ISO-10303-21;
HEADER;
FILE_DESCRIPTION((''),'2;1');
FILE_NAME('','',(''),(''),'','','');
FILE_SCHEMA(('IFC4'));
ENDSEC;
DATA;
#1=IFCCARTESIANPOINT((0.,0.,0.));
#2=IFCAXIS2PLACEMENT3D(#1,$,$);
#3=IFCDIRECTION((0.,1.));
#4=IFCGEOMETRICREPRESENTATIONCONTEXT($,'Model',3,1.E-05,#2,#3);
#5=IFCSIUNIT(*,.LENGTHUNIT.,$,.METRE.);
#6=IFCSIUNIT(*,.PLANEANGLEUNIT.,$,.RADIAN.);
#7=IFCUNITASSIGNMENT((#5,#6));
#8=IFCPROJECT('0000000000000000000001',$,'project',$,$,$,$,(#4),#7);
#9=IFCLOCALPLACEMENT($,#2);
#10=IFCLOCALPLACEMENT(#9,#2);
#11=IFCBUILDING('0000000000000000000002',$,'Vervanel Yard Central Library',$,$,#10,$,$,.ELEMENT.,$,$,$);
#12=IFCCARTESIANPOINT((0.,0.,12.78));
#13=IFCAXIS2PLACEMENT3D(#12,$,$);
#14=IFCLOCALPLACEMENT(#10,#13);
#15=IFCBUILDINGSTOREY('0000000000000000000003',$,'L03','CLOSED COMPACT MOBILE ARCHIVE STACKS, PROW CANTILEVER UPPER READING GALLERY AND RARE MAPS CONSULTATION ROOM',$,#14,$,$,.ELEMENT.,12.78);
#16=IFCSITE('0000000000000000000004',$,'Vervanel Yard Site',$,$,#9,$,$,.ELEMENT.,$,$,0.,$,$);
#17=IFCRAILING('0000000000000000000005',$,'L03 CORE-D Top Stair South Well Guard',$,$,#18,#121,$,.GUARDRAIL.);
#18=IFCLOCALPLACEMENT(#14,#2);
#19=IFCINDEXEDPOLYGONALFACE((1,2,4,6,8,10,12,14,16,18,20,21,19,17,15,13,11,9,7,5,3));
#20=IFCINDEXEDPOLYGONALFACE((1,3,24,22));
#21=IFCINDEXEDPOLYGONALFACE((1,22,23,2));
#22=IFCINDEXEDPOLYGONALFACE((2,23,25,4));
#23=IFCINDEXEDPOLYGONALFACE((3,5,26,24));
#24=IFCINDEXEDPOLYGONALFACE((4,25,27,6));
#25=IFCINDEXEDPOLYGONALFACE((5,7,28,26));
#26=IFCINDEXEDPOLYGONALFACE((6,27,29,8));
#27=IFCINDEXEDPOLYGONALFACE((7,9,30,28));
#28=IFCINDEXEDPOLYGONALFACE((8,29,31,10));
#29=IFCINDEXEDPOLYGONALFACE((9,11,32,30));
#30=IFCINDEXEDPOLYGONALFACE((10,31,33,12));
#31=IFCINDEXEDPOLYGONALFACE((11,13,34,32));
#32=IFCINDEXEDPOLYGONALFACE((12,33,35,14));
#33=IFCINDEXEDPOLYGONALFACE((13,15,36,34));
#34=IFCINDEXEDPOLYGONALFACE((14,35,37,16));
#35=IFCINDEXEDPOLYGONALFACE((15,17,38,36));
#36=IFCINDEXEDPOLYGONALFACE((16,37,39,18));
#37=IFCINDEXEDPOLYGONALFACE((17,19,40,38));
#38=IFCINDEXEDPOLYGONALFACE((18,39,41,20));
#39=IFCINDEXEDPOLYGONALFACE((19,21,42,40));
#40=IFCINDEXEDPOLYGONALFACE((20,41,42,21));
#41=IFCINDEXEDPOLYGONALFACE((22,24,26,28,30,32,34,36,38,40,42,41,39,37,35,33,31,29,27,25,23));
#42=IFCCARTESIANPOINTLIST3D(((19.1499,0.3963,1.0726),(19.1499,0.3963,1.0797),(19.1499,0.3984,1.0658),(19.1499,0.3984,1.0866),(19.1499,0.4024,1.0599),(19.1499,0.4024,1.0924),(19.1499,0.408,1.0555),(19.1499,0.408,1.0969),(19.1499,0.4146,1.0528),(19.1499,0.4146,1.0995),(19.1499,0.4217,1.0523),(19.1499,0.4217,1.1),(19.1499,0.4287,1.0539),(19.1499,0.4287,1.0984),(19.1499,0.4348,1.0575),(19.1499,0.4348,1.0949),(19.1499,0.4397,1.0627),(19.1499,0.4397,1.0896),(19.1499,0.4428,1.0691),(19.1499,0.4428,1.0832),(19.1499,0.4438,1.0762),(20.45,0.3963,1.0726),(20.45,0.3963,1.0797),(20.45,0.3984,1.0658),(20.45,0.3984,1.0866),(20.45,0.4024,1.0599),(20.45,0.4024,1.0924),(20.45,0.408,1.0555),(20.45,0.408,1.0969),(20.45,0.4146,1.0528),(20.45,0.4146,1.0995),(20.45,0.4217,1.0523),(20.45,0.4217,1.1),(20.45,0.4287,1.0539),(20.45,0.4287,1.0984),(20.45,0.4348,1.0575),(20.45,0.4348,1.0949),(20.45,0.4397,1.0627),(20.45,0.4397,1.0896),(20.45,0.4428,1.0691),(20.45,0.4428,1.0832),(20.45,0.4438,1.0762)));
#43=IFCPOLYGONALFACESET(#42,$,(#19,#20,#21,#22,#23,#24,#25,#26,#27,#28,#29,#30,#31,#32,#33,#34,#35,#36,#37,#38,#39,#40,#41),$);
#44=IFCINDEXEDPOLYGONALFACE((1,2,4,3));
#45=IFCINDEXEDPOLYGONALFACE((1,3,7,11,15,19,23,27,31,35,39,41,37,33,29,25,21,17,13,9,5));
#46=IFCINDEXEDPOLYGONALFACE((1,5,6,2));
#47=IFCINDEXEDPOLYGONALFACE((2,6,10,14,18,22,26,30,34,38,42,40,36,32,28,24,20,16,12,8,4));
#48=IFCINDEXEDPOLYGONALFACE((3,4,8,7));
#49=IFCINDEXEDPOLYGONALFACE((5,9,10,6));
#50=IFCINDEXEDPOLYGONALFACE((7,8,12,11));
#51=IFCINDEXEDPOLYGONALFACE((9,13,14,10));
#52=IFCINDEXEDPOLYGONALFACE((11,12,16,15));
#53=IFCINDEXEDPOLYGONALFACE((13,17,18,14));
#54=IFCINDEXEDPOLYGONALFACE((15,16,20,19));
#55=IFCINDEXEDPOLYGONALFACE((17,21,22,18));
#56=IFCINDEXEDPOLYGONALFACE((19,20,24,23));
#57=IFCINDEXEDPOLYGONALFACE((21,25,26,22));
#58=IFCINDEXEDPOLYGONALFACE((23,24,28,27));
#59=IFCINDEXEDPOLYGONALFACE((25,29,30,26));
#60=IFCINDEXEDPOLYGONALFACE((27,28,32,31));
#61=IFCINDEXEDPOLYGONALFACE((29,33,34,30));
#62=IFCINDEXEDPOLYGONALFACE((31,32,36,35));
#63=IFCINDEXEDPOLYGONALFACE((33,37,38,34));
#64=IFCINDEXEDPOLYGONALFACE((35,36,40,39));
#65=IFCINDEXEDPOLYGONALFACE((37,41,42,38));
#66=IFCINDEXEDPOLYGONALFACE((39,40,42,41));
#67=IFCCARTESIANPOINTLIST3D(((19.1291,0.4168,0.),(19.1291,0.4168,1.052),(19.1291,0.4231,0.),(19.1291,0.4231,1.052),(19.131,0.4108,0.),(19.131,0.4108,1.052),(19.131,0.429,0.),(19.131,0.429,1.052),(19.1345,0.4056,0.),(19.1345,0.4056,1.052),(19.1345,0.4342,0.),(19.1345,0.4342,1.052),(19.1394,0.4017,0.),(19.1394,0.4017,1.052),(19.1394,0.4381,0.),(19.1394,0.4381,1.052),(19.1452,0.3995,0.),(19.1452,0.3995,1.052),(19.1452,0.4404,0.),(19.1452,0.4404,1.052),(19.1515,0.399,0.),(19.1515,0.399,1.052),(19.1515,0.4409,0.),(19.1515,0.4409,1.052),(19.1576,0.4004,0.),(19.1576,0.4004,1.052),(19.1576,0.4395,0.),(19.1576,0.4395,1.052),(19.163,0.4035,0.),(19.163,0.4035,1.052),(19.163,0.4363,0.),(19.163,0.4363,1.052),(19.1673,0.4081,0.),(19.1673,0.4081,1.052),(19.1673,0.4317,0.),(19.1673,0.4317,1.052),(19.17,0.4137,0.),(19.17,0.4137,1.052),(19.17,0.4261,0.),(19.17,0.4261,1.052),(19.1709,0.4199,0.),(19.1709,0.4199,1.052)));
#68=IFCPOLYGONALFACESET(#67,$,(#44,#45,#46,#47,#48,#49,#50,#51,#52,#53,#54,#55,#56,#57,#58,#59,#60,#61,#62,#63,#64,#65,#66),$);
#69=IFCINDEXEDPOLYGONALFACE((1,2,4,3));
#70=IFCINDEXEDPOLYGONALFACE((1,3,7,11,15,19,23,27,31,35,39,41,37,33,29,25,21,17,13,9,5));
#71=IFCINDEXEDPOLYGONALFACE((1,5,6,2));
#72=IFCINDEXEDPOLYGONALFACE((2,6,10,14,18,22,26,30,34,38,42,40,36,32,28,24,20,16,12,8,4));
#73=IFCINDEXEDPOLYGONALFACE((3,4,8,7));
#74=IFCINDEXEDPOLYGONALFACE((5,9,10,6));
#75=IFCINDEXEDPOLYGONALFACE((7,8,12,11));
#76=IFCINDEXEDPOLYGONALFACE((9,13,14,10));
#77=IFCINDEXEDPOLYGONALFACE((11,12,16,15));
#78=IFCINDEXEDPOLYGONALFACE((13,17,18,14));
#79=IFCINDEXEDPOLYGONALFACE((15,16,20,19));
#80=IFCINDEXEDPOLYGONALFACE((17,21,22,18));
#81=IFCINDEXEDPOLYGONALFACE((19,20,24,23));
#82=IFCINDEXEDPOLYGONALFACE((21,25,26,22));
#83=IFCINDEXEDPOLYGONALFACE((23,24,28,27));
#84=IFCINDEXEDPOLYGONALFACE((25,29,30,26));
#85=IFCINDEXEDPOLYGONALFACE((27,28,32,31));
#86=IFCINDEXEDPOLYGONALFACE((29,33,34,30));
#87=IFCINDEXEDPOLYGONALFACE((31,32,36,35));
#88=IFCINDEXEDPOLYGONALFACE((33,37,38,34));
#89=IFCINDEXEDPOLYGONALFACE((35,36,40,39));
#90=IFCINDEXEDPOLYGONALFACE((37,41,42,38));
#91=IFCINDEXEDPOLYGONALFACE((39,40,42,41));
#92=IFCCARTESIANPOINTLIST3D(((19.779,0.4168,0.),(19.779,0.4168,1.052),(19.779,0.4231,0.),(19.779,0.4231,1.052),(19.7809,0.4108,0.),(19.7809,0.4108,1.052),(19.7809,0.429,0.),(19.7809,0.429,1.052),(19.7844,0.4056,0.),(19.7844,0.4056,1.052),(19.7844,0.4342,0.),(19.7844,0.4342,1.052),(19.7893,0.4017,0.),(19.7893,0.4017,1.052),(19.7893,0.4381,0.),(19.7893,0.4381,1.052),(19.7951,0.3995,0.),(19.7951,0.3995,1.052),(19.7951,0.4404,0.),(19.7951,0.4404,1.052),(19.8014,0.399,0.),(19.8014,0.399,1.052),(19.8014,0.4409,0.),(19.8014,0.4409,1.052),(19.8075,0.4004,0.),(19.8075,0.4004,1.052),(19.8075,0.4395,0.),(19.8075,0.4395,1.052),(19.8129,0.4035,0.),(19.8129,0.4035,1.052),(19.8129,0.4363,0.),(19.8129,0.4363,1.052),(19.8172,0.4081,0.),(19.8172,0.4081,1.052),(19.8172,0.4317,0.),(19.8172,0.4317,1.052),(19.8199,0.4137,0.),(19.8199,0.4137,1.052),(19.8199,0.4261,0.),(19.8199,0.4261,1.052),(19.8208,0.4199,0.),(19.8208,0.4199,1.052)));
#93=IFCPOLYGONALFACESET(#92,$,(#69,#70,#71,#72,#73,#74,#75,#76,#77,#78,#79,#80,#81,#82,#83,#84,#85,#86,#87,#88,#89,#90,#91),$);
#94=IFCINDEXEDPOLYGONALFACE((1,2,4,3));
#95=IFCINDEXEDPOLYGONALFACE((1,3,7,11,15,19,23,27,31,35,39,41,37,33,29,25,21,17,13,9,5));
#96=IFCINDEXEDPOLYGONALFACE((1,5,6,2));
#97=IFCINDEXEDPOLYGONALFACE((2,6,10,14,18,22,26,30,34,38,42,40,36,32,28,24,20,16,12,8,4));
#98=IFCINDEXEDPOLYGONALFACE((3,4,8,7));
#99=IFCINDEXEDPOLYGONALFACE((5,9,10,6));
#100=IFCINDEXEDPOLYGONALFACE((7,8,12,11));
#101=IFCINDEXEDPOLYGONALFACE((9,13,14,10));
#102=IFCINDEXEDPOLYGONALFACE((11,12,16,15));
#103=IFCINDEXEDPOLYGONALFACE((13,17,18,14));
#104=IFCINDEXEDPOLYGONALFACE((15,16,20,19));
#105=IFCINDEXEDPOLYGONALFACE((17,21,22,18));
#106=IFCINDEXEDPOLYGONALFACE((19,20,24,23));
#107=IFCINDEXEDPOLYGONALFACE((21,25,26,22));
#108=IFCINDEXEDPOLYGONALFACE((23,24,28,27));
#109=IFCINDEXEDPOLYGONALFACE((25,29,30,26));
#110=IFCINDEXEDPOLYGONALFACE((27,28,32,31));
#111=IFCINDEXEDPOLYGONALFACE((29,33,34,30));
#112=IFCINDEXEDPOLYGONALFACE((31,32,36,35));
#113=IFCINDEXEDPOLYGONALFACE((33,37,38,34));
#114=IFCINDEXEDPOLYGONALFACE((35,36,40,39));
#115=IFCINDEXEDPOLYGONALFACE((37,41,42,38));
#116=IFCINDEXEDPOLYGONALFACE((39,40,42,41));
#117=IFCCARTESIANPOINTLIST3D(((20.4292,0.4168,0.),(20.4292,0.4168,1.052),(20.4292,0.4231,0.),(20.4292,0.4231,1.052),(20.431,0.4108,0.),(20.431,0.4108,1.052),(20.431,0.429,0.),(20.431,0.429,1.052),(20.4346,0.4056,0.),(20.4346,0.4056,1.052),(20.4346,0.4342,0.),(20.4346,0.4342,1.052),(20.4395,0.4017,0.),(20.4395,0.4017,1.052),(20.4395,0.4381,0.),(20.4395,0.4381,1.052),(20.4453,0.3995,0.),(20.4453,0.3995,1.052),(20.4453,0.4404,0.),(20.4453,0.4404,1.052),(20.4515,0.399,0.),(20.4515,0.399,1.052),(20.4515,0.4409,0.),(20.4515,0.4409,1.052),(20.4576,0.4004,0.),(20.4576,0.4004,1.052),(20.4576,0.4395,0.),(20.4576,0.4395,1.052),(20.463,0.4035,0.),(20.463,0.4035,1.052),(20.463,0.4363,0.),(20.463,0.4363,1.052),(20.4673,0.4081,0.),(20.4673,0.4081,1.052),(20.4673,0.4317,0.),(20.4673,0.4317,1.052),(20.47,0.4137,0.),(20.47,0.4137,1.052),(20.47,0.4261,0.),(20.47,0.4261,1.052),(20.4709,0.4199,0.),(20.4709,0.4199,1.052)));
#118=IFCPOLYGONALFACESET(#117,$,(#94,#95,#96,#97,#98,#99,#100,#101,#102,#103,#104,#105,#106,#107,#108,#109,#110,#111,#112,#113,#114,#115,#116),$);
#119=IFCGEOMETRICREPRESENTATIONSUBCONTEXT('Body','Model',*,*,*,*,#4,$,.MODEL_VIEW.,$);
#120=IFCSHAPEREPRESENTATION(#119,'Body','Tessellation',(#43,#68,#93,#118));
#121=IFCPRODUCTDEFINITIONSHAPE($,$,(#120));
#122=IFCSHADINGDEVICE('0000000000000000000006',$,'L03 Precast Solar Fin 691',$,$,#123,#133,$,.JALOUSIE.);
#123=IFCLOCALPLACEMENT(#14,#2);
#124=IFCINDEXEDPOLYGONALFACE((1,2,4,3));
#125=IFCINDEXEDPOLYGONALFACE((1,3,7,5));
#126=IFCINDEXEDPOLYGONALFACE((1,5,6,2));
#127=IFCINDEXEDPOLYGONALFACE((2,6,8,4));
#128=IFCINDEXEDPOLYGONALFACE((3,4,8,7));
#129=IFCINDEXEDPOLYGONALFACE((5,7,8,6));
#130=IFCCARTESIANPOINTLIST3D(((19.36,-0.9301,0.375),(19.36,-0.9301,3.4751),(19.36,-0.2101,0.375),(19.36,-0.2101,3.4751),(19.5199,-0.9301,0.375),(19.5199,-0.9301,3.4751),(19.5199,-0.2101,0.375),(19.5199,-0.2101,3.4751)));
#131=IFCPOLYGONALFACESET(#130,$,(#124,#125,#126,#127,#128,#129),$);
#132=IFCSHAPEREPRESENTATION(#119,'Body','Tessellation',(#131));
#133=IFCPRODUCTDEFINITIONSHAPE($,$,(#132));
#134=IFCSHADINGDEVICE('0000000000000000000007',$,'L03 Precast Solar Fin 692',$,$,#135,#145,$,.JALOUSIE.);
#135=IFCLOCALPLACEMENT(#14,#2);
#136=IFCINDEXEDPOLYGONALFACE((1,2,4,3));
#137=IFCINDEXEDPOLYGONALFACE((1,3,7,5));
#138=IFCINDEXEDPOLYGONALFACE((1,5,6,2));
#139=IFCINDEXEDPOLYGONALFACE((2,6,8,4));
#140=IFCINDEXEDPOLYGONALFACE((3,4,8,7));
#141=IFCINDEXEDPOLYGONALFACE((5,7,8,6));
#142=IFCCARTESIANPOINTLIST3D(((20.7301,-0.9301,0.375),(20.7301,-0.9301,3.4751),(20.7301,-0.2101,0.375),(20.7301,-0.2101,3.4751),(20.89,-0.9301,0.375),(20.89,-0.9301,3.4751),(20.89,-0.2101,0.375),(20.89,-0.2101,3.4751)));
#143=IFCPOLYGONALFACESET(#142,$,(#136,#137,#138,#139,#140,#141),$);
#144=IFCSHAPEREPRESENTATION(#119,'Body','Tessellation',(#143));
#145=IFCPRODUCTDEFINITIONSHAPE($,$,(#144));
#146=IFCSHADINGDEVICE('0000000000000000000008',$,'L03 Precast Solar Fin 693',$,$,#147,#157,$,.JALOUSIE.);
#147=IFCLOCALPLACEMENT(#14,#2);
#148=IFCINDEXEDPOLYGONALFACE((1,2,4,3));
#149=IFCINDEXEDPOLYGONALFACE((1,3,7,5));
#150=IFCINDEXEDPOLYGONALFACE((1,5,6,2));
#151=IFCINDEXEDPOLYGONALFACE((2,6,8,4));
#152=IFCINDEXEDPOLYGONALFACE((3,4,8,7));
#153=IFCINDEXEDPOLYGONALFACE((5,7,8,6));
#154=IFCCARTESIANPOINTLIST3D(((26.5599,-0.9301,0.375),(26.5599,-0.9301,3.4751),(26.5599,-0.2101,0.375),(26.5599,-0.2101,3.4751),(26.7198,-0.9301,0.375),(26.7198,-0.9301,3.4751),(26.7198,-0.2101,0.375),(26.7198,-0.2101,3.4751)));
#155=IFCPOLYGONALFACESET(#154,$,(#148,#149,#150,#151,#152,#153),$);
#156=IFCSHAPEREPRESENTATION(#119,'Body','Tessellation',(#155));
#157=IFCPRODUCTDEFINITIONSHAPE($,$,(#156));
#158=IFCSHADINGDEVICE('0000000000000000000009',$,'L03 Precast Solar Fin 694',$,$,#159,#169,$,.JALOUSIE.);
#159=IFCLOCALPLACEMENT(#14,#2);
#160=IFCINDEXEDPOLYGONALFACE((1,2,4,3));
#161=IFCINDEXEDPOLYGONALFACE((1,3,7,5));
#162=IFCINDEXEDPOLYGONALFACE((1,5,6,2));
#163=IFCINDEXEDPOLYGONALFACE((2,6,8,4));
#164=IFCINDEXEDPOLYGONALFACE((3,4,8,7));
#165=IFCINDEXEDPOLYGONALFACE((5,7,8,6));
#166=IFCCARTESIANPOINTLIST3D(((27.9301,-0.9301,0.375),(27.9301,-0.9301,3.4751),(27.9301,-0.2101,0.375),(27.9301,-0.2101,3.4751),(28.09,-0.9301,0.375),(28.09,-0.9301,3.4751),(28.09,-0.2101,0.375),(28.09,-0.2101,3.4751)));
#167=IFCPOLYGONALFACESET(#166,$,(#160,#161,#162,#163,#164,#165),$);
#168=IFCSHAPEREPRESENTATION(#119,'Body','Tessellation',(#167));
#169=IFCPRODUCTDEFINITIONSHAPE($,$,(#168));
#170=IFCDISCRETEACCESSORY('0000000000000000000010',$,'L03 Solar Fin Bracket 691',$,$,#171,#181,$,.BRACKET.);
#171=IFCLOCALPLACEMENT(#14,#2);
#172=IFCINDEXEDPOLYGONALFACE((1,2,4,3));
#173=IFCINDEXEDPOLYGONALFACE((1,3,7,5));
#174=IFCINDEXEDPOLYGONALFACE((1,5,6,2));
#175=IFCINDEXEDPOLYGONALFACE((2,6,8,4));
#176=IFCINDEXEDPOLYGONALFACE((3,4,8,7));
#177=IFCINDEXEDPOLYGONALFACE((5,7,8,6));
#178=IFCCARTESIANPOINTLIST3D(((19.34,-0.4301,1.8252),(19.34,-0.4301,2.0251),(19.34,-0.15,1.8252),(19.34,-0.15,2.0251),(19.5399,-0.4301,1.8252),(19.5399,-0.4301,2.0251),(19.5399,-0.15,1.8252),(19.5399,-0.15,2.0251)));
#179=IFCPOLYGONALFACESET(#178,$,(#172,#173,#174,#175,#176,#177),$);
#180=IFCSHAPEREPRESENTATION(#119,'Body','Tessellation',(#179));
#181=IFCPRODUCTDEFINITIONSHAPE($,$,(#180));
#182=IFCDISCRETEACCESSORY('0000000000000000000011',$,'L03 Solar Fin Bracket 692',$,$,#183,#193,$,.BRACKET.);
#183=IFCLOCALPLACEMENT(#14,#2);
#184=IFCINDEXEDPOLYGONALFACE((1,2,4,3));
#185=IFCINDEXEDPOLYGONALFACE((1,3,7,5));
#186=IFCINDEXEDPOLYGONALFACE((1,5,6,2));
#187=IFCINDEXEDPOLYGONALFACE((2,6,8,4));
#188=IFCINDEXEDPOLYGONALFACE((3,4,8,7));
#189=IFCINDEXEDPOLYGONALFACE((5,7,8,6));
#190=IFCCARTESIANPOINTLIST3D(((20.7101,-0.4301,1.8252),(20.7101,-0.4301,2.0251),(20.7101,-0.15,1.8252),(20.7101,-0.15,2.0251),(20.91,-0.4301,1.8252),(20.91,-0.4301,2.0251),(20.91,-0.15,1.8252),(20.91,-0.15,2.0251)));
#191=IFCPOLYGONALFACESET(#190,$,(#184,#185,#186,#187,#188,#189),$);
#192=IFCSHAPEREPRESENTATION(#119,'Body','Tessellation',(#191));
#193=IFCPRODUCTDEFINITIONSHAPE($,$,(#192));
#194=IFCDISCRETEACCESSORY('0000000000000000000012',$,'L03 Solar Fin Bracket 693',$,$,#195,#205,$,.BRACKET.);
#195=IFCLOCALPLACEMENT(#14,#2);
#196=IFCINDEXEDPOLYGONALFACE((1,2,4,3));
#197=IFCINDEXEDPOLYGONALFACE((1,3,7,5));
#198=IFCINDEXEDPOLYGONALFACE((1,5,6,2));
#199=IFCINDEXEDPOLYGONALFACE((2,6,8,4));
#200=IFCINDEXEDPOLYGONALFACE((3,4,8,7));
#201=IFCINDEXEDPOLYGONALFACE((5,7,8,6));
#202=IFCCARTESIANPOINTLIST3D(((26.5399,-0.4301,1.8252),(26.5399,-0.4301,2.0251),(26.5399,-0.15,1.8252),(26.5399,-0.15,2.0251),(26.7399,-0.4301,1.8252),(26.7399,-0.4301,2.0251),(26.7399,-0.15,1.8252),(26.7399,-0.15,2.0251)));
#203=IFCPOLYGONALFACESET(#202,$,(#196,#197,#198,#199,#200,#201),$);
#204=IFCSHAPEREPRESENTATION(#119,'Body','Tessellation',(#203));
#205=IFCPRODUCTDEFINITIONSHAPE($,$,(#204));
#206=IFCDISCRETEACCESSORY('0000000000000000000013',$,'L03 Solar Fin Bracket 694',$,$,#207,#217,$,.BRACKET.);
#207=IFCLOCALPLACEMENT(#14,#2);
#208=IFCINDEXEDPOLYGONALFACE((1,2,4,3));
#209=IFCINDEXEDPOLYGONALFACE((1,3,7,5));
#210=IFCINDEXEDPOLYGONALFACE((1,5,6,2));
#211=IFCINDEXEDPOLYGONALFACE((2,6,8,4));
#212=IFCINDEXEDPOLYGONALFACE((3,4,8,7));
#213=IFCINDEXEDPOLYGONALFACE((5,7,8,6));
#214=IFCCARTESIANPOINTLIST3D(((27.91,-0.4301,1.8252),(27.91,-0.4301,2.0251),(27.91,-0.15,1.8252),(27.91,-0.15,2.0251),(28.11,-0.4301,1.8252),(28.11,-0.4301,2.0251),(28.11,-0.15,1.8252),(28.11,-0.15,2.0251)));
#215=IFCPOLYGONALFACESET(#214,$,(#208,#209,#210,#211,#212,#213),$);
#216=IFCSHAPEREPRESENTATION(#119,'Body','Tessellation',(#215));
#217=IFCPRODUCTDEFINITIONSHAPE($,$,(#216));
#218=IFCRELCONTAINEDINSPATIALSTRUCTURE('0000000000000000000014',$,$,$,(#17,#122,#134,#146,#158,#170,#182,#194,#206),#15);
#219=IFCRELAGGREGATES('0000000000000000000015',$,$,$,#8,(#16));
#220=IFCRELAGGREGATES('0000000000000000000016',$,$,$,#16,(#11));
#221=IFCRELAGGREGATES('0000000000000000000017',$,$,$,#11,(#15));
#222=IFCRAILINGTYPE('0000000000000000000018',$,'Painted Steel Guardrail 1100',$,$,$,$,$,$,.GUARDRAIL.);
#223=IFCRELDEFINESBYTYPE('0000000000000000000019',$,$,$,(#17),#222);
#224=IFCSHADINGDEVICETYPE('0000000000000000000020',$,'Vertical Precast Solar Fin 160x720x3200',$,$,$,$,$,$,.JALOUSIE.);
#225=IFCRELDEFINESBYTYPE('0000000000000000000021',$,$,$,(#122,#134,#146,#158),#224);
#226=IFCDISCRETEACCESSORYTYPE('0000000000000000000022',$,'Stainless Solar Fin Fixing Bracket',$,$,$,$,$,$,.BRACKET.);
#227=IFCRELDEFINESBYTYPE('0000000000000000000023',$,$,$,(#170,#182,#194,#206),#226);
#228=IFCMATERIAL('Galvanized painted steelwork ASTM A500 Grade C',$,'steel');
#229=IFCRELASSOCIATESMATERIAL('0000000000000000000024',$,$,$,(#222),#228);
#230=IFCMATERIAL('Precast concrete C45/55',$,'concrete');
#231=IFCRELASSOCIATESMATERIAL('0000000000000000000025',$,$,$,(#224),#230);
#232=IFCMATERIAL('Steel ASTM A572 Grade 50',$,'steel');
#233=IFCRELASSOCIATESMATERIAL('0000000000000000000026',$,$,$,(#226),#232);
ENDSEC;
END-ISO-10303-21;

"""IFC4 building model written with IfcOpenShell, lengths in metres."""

from ifc_helpers import new_model, si_unit, direction, frame, origin, origin_2d, place, context, subcontext, project, spatial, rectangle, circle, extrude, material, type_object, element, save


model = new_model("IFC4")

# Units and contexts
model_context = context("Model", 3, precision=1e-05, world=origin(), true_north=direction((0.0, 1.0)))
body_context = subcontext(model_context, "Body", "Model", "MODEL_VIEW")
ifc_project = project(units=[si_unit("LENGTHUNIT", "METRE"), si_unit("PLANEANGLEUNIT", "RADIAN")], contexts=[model_context])

# Site, building, storey
site_placement = place(None, origin())
site = spatial("IfcSite", under=ifc_project, at=site_placement, Name="Vervanel Yard Site", CompositionType="ELEMENT", RefElevation=0.0)
building_placement = place(site_placement, origin())
building = spatial("IfcBuilding", under=site, at=building_placement, Name="Vervanel Yard Central Library", CompositionType="ELEMENT")
storey_placement = place(building_placement, frame((0.0, 0.0, 12.78)))
storey = spatial("IfcBuildingStorey", under=building, at=storey_placement, Name="L03", Description="CLOSED COMPACT MOBILE ARCHIVE STACKS, PROW CANTILEVER UPPER READING GALLERY AND RARE MAPS CONSULTATION ROOM", CompositionType="ELEMENT", Elevation=12.78)

# Shared definitions
ifc_material_1 = material(Name="Galvanized painted steelwork ASTM A500 Grade C", Category="steel")

# Shared definitions
ifc_material_2 = material(Name="Precast concrete C45/55", Category="concrete")

# Railing
railing_type_1 = type_object("IfcRailingType", Name="Painted Steel Guardrail 1100", PredefinedType="GUARDRAIL", material=ifc_material_1)
railing_1_placement = place(storey_placement, frame((19.1499, 0.4199, 0.0)))
element("IfcRailing", 1, at=railing_1_placement, inside=storey, type_object=railing_type_1, Name="L03 CORE-D Top Stair South Well Guard", PredefinedType="GUARDRAIL", context=body_context, shape_type="SweptSolid", body=[
    extrude(circle(Radius=0.0239, at=origin_2d()), frame((0.0, 0.0, 1.0762), z_axis=(1.0, 0.0, 0.0), x_axis=(0.0, 1.0, 0.0)), (0.0, 0.0, 1.0), 1.3),
    extrude(circle(Radius=0.021, at=origin_2d()), origin(), (0.0, 0.0, 1.0), 1.052),
    extrude(circle(Radius=0.021, at=origin_2d()), frame((0.6499, 0.0, 0.0)), (0.0, 0.0, 1.0), 1.052),
    extrude(circle(Radius=0.021, at=origin_2d()), frame((1.3, 0.0, 0.0)), (0.0, 0.0, 1.0), 1.052),
])

# Shading devices
shading_device_type = type_object("IfcShadingDeviceType", Name="Vertical Precast Solar Fin 160x720x3200", PredefinedType="JALOUSIE", material=ifc_material_2)
for number, where, z_axis, x_axis, name in (
    (2, (19.4399, -0.5701, 0.375), (0.0, 0.0, 1.0), (1.0, 0.0, 0.0), "L03 Precast Solar Fin 691"),
    (3, (20.8101, -0.5701, 0.375), (0.0, 0.0, 1.0), (1.0, 0.0, 0.0), "L03 Precast Solar Fin 692"),
    (4, (26.6399, -0.5701, 0.375), (0.0, 0.0, 1.0), (1.0, 0.0, 0.0), "L03 Precast Solar Fin 693"),
    (5, (28.01, -0.5701, 0.375), (0.0, 0.0, 1.0), (1.0, 0.0, 0.0), "L03 Precast Solar Fin 694"),
):
    element("IfcShadingDevice", number, at=place(storey_placement, frame(where, z_axis=z_axis, x_axis=x_axis)), inside=storey, type_object=shading_device_type, Name=name, PredefinedType="JALOUSIE", context=body_context, shape_type="SweptSolid", body=[
        extrude(rectangle(XDim=0.1599, YDim=0.72, at=origin_2d()), origin(), (0.0, 0.0, 1.0), 3.1001),
    ])

# Discrete accessories
ifc_material_3 = material(Name="Steel ASTM A572 Grade 50", Category="steel")
discrete_accessory_type = type_object("IfcDiscreteAccessoryType", Name="Stainless Solar Fin Fixing Bracket", PredefinedType="BRACKET", material=ifc_material_3)
for number, where, z_axis, x_axis, name in (
    (6, (19.4399, -0.29, 1.8252), (0.0, 0.0, 1.0), (1.0, 0.0, 0.0), "L03 Solar Fin Bracket 691"),
    (7, (20.8101, -0.29, 1.8252), (0.0, 0.0, 1.0), (1.0, 0.0, 0.0), "L03 Solar Fin Bracket 692"),
    (8, (26.6399, -0.29, 1.8252), (0.0, 0.0, 1.0), (1.0, 0.0, 0.0), "L03 Solar Fin Bracket 693"),
    (9, (28.01, -0.29, 1.8252), (0.0, 0.0, 1.0), (1.0, 0.0, 0.0), "L03 Solar Fin Bracket 694"),
):
    element("IfcDiscreteAccessory", number, at=place(storey_placement, frame(where, z_axis=z_axis, x_axis=x_axis)), inside=storey, type_object=discrete_accessory_type, Name=name, PredefinedType="BRACKET", context=body_context, shape_type="SweptSolid", body=[
        extrude(rectangle(XDim=0.2, YDim=0.28, at=origin_2d()), origin(), (0.0, 0.0, 1.0), 0.2),
    ])

save(model, "model.ifc")
